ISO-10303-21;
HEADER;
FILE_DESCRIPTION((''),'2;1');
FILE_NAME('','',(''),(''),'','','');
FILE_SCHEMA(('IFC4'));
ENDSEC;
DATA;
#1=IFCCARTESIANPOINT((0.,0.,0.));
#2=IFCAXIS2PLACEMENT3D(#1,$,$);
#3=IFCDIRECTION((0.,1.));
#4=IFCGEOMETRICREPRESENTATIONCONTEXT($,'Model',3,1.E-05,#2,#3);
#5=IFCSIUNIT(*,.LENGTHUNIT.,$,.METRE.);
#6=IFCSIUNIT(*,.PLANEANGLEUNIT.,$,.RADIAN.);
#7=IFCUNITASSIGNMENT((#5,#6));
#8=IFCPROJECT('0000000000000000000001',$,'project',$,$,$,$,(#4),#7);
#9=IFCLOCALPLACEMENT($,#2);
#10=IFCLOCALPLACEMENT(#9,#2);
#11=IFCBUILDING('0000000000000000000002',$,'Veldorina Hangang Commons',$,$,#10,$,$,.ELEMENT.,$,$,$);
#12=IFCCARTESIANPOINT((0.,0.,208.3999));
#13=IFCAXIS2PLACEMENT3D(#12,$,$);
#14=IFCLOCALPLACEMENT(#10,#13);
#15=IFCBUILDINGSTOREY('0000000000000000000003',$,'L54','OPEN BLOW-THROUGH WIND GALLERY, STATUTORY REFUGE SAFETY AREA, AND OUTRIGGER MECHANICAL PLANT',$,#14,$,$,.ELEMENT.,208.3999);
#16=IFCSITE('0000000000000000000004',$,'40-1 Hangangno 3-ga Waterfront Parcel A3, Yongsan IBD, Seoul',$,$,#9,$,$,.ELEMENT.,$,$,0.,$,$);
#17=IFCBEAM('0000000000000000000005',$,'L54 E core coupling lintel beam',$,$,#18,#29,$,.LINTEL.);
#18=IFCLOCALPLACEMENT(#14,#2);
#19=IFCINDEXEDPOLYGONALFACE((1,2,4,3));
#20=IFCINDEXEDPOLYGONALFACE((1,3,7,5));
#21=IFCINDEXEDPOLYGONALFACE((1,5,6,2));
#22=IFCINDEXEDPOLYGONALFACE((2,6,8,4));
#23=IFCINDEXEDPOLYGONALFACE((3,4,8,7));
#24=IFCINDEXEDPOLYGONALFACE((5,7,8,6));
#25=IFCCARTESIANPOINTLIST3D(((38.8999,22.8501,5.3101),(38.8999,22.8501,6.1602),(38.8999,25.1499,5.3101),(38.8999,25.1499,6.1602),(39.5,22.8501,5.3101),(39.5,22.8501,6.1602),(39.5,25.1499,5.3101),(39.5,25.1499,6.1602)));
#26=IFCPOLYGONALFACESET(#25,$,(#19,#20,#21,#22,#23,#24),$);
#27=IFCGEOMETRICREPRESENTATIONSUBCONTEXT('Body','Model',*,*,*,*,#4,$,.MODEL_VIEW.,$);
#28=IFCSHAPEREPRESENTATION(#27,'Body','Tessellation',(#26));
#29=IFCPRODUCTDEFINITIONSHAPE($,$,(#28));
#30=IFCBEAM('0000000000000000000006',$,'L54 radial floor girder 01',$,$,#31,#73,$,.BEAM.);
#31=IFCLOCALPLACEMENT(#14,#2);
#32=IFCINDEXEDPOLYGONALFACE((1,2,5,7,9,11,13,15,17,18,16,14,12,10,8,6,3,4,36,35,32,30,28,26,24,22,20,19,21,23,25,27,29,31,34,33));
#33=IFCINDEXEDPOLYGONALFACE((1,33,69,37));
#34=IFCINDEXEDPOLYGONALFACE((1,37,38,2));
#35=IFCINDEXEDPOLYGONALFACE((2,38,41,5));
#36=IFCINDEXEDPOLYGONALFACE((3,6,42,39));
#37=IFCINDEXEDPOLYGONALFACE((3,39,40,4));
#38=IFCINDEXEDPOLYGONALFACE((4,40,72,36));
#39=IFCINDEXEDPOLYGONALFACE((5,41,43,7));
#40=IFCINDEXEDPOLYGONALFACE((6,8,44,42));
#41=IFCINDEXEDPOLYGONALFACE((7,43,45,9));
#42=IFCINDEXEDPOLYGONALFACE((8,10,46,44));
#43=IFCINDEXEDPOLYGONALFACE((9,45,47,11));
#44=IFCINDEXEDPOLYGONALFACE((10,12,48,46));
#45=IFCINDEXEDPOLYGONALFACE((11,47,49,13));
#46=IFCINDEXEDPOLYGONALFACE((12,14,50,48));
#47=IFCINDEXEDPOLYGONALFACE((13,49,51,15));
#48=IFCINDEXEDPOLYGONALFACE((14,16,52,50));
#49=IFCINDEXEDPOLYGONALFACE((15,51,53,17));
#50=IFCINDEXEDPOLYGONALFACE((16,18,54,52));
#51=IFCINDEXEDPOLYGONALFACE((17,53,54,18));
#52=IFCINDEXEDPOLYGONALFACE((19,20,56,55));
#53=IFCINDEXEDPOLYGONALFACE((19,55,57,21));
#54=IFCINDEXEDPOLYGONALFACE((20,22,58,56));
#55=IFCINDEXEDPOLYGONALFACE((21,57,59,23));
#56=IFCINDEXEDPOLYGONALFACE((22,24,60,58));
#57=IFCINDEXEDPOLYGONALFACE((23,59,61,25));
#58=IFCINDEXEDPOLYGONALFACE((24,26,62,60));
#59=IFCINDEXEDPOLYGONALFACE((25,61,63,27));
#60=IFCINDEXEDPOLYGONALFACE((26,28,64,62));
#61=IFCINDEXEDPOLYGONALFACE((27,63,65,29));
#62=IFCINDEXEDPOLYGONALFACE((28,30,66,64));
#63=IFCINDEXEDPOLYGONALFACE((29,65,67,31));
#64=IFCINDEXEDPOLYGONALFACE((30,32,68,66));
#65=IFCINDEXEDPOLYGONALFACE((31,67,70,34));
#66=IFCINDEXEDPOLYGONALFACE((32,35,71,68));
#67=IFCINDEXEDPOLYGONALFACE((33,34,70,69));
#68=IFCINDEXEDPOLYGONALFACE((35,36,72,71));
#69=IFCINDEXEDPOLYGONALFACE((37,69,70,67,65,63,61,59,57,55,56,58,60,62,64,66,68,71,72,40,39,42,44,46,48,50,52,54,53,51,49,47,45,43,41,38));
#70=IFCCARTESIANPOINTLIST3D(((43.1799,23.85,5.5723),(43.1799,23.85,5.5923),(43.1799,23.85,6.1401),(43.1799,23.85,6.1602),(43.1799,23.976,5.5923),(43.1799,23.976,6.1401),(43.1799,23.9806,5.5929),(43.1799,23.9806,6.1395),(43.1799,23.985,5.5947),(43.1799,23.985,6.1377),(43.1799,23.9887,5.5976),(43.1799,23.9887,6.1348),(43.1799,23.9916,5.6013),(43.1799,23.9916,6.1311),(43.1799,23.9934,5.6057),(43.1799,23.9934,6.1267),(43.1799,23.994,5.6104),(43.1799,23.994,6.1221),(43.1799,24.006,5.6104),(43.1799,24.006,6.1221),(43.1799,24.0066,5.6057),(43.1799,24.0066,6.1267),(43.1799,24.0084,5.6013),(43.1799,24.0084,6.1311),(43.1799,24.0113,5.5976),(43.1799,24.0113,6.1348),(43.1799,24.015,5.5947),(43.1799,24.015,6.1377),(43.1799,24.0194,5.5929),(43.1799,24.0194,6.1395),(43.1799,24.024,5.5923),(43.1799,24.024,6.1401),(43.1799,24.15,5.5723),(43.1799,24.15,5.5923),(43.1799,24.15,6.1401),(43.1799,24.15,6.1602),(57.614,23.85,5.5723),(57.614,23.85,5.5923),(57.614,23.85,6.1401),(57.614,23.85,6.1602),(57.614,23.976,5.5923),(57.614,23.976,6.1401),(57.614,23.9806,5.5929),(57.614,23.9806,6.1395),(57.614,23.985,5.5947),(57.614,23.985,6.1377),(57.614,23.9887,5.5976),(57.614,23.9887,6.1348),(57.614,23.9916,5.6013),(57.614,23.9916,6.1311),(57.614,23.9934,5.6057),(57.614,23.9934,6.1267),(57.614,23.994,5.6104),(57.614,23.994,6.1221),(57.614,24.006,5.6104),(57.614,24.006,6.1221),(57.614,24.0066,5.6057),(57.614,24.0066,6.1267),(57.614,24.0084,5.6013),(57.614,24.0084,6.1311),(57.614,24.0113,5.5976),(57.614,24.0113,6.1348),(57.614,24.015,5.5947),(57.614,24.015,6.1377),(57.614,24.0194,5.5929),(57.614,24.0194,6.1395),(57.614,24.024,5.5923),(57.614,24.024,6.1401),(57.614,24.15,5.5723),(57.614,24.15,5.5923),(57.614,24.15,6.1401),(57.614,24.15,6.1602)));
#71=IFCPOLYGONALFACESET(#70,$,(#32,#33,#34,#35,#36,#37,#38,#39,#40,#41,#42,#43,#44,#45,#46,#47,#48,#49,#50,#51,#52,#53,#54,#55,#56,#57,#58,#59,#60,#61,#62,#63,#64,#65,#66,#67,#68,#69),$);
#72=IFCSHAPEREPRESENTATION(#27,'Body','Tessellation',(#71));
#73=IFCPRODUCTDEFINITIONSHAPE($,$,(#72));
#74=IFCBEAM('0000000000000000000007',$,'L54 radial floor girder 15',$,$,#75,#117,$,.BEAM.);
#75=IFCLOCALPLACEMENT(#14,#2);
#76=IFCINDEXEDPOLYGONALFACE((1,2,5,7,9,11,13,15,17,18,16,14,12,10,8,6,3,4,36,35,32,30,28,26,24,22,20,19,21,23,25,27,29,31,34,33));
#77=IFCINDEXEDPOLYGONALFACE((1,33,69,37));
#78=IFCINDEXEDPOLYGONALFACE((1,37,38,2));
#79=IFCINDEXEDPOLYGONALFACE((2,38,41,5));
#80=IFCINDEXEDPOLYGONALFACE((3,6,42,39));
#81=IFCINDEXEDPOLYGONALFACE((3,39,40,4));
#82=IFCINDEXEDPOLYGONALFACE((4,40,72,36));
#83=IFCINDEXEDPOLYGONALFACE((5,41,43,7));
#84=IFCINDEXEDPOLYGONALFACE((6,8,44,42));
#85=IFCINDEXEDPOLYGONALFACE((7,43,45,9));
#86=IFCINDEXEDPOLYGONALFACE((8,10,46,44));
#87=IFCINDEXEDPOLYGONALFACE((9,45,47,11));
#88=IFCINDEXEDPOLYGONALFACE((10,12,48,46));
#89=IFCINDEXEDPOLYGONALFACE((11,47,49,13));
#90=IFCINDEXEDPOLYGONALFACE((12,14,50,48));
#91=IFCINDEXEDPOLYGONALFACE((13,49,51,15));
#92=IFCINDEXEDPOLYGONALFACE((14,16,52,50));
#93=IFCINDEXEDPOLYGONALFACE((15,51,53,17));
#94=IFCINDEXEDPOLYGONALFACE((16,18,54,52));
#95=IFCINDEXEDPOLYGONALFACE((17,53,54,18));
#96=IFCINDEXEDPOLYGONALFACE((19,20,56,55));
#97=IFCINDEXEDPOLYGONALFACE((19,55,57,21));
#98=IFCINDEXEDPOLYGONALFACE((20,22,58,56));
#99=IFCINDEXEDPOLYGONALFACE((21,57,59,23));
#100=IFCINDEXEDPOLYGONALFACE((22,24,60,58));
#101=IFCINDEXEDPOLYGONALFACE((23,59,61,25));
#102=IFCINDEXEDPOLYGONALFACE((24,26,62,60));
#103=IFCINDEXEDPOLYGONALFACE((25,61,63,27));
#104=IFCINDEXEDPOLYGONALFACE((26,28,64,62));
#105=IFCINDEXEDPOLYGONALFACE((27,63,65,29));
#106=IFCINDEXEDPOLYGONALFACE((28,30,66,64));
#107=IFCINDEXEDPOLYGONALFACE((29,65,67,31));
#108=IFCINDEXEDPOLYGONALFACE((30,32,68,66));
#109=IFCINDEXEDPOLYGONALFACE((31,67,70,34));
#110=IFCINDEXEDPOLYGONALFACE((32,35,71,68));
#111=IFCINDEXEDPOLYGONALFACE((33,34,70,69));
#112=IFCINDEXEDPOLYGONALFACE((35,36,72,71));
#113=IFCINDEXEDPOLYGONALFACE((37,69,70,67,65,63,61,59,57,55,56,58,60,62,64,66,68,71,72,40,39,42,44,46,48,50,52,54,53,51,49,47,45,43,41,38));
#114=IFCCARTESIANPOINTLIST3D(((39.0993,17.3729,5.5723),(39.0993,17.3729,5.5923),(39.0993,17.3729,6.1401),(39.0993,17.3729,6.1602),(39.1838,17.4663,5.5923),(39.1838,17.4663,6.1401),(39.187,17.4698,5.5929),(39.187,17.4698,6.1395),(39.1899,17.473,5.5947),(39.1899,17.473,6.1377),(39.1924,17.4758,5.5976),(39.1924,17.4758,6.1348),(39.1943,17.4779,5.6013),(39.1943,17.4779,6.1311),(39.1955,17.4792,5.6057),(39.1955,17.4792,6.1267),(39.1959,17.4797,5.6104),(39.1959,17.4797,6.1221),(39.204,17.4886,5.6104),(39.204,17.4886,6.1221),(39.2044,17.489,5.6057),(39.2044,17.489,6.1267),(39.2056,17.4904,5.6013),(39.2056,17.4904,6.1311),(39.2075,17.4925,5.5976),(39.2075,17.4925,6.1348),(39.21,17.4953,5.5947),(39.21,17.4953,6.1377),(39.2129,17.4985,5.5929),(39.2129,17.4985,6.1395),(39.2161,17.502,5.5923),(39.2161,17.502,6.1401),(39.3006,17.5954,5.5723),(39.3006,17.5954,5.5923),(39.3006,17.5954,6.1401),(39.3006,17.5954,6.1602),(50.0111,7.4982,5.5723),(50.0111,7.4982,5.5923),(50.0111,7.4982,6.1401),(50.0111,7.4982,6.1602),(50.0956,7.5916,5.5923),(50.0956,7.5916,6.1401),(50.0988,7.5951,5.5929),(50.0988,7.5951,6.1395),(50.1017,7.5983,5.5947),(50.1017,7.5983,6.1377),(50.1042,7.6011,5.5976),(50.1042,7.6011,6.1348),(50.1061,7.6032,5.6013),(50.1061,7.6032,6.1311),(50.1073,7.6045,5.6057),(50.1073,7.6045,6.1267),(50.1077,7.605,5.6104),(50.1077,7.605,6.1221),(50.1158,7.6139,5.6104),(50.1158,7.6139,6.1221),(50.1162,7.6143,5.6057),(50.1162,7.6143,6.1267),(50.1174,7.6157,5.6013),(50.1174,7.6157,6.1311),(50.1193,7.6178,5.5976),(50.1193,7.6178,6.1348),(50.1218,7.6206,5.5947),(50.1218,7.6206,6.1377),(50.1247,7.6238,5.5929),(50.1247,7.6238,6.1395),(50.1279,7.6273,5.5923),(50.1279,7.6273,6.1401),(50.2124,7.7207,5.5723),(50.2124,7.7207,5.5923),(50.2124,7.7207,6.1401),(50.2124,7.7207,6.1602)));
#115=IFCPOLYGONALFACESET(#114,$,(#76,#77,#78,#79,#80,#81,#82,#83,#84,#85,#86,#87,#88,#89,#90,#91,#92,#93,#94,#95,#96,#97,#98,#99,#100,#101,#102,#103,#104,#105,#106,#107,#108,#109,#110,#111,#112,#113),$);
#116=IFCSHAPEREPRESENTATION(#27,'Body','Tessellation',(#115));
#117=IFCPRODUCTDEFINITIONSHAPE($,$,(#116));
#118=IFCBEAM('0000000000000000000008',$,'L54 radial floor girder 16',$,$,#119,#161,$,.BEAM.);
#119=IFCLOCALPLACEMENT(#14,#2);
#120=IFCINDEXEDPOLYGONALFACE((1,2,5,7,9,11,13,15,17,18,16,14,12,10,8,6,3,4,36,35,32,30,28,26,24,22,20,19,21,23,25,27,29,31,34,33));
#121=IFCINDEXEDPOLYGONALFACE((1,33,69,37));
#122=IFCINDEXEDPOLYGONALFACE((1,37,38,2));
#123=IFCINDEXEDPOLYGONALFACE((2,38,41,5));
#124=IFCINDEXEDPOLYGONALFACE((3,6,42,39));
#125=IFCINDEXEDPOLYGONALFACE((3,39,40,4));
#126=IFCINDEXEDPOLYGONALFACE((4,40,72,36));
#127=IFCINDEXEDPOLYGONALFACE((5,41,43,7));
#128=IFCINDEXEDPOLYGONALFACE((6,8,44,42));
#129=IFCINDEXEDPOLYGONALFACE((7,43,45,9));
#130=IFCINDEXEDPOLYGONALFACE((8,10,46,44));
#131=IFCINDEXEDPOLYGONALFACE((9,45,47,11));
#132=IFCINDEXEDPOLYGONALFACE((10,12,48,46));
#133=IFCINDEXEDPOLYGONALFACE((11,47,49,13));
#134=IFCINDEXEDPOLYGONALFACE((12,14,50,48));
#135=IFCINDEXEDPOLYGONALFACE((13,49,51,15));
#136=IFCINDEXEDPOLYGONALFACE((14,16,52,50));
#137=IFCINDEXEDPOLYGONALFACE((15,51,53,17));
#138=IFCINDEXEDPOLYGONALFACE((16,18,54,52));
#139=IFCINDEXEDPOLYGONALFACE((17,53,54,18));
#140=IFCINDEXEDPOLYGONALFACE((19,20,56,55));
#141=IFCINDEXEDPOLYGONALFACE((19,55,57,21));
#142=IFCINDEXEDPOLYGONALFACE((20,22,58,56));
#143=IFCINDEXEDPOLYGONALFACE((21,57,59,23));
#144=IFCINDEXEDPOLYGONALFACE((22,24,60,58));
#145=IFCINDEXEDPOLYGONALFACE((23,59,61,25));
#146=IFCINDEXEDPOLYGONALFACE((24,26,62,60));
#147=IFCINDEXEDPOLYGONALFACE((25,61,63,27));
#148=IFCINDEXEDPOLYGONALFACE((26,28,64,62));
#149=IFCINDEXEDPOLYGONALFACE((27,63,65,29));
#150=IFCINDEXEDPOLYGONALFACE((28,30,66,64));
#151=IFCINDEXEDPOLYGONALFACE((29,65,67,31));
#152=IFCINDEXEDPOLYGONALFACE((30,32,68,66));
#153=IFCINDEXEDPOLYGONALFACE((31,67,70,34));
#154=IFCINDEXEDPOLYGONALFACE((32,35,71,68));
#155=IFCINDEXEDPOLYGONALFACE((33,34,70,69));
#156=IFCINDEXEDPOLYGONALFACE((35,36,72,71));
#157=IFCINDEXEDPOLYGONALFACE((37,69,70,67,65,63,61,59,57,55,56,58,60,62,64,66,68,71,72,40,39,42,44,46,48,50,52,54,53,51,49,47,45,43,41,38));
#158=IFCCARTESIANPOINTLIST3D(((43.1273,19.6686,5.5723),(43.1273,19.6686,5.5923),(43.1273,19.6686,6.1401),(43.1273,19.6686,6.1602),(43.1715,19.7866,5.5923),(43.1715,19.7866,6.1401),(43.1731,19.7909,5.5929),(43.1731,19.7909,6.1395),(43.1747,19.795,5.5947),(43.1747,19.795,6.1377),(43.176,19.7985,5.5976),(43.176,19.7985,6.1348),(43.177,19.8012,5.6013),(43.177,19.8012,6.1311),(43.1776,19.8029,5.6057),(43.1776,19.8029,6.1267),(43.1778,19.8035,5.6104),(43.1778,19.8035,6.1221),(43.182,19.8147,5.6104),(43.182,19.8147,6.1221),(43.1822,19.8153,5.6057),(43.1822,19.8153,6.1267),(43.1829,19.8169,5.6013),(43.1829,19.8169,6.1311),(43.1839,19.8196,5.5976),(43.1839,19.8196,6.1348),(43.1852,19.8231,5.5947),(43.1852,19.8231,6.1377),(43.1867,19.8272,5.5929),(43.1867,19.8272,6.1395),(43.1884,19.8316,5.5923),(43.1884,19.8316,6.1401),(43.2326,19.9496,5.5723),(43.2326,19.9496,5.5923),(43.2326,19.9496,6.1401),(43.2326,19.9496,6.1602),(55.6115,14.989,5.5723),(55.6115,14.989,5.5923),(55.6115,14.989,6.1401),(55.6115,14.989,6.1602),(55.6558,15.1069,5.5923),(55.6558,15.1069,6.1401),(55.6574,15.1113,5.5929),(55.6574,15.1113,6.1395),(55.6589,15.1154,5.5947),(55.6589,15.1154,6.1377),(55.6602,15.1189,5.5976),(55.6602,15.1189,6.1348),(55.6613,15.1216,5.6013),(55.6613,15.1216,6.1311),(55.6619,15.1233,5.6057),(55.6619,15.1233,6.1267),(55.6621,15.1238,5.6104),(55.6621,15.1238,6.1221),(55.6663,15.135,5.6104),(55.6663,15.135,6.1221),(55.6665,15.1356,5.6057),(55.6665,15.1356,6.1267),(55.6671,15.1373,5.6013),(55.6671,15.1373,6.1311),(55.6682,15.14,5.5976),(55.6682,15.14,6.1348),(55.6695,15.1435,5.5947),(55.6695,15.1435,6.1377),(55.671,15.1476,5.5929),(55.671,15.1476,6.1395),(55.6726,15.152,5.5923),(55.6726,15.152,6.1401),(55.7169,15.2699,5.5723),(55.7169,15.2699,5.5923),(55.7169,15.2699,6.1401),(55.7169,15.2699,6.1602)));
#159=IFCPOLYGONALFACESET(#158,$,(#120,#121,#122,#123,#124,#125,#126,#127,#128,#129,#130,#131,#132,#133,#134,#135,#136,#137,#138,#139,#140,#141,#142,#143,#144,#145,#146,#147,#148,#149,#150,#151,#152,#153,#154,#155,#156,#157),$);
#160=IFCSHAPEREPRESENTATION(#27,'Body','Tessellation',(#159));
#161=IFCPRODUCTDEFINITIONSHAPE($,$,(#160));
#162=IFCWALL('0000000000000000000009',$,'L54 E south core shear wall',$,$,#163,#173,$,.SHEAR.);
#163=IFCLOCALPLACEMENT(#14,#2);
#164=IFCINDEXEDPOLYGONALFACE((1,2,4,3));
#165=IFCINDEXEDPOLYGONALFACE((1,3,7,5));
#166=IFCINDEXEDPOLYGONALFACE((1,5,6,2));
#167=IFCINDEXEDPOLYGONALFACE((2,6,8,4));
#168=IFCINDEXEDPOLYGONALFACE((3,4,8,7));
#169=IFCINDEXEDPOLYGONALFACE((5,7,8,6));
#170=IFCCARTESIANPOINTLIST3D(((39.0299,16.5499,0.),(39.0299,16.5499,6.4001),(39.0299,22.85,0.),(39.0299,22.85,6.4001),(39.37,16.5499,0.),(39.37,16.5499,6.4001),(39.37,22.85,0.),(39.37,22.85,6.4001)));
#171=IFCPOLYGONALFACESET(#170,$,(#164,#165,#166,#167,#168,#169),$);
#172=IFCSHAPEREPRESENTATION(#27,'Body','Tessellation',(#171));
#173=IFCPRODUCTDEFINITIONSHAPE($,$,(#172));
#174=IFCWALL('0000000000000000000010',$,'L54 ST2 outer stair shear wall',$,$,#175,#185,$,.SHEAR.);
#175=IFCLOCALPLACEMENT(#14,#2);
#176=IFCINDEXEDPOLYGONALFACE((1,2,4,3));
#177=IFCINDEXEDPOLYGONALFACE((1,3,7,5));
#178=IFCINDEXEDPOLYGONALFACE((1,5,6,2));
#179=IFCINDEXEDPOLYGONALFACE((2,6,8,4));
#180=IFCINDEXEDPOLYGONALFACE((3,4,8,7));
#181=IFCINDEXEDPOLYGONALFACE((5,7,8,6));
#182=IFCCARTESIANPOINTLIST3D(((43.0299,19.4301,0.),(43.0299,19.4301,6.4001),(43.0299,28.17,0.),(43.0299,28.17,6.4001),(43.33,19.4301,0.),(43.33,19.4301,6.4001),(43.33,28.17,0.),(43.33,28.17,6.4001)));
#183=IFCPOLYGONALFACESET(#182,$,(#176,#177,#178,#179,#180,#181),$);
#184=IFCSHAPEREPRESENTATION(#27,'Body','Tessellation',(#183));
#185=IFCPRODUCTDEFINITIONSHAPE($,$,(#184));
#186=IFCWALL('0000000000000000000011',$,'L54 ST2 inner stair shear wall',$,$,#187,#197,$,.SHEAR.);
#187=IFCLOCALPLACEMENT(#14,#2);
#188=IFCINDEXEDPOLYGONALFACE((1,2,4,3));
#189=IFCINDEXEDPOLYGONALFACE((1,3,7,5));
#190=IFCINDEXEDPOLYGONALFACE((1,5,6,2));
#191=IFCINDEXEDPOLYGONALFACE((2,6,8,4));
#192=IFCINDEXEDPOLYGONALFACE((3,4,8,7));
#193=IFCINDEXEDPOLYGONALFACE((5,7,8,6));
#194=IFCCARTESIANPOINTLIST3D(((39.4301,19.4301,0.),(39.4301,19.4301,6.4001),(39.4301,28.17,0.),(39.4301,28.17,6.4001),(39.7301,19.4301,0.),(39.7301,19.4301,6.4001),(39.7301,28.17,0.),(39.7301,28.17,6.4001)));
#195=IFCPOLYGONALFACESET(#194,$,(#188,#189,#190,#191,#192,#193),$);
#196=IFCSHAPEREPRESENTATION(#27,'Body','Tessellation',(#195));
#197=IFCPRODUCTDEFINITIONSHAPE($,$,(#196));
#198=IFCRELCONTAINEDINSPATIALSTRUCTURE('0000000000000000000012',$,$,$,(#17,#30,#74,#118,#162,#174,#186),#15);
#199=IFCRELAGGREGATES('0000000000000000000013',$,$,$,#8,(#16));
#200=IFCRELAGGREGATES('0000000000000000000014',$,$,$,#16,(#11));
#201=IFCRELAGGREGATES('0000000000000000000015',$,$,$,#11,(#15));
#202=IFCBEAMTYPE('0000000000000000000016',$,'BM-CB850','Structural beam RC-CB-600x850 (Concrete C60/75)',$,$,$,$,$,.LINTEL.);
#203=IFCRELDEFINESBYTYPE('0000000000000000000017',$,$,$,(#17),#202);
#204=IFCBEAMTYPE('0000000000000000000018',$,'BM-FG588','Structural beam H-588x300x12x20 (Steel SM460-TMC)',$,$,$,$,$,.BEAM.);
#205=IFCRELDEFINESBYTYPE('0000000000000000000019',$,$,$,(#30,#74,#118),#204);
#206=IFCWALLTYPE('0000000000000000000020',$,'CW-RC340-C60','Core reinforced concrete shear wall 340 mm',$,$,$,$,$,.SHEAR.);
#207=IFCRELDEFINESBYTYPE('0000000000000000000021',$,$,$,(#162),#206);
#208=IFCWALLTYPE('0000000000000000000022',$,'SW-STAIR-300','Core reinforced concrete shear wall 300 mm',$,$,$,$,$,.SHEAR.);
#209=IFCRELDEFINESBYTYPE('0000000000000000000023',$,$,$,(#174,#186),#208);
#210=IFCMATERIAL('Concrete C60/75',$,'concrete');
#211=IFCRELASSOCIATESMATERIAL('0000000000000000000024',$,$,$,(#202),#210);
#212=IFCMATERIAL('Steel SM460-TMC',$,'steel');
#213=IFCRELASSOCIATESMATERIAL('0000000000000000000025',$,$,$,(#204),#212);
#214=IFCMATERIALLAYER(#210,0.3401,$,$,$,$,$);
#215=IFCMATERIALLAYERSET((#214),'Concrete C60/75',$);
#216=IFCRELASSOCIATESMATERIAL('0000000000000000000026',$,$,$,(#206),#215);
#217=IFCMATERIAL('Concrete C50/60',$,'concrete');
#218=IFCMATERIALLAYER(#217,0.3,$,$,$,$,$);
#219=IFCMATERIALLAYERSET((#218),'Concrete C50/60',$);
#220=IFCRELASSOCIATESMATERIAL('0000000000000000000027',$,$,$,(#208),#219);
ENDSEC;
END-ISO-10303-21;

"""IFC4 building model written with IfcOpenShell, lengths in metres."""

from ifc_helpers import new_model, si_unit, direction, frame, frame_2d, origin, origin_2d, place, context, subcontext, project, spatial, rectangle, i_section, extrude, material, layer, layer_set, material_profile, profile_set, type_object, element, save


model = new_model("IFC4")

# Units and contexts
model_context = context("Model", 3, precision=1e-05, world=origin(), true_north=direction((0.0, 1.0)))
body_context = subcontext(model_context, "Body", "Model", "MODEL_VIEW")
ifc_project = project(units=[si_unit("LENGTHUNIT", "METRE"), si_unit("PLANEANGLEUNIT", "RADIAN")], contexts=[model_context])

# Site, building, storey
site_placement = place(None, origin())
site = spatial("IfcSite", under=ifc_project, at=site_placement, Name="40-1 Hangangno 3-ga Waterfront Parcel A3, Yongsan IBD, Seoul", CompositionType="ELEMENT", RefElevation=0.0)
building_placement = place(site_placement, origin())
building = spatial("IfcBuilding", under=site, at=building_placement, Name="Veldorina Hangang Commons", CompositionType="ELEMENT")
storey_placement = place(building_placement, frame((0.0, 0.0, 208.3999)))
storey = spatial("IfcBuildingStorey", under=building, at=storey_placement, Name="L54", Description="OPEN BLOW-THROUGH WIND GALLERY, STATUTORY REFUGE SAFETY AREA, AND OUTRIGGER MECHANICAL PLANT", CompositionType="ELEMENT", Elevation=208.3999)

# Beams
ifc_material_1 = material(Name="Concrete C60/75", Category="concrete")
ifc_material_profile_1 = material_profile(ifc_material_1, rectangle(XDim=0.6001, YDim=0.8501, at=origin_2d()), Name="RC-CB-600x850")
ifc_profile_set_1 = profile_set([ifc_material_profile_1], Name="Concrete C60/75")
beam_type_1 = type_object("IfcBeamType", Name="BM-CB850", Description="Structural beam RC-CB-600x850 (Concrete C60/75)", PredefinedType="LINTEL", material=ifc_profile_set_1)
beam_1_placement = place(storey_placement, frame((39.2, 22.8501, 5.7351), z_axis=(0.0, 1.0, 0.0), x_axis=(-1.0, 0.0, 0.0)))
element("IfcBeam", 1, at=beam_1_placement, inside=storey, type_object=beam_type_1, Name="L54 E core coupling lintel beam", PredefinedType="LINTEL", context=body_context, shape_type="SweptSolid", body=[
    extrude(rectangle(XDim=0.6001, YDim=0.8501, at=origin_2d()), origin(), (0.0, 0.0, 1.0), 2.2998),
])
ifc_material_2 = material(Name="Steel SM460-TMC", Category="steel")
ifc_material_profile_2 = material_profile(ifc_material_2, i_section(OverallWidth=0.3, OverallDepth=0.5879, WebThickness=0.012, FlangeThickness=0.02, FilletRadius=0.0181, at=origin_2d()), Name="H-588x300x12x20")
ifc_profile_set_2 = profile_set([ifc_material_profile_2], Name="Steel SM460-TMC")
beam_type_2 = type_object("IfcBeamType", Name="BM-FG588", Description="Structural beam H-588x300x12x20 (Steel SM460-TMC)", PredefinedType="BEAM", material=ifc_profile_set_2)
beam_2_placement = place(storey_placement, frame((43.1799, 24.0, 5.8662), z_axis=(1.0, 0.0, 0.0), x_axis=(0.0, 1.0, 0.0)))
element("IfcBeam", 2, at=beam_2_placement, inside=storey, type_object=beam_type_2, Name="L54 radial floor girder 01", PredefinedType="BEAM", context=body_context, shape_type="SweptSolid", body=[
    extrude(i_section(OverallWidth=0.3, OverallDepth=0.5879, WebThickness=0.012, FlangeThickness=0.02, FilletRadius=0.0181, at=origin_2d()), origin(), (0.0, 0.0, 1.0), 14.4341),
])
beam_3_placement = place(storey_placement, frame((39.2, 17.4841, 5.8662), z_axis=(0.741464, -0.670992, 0.0), x_axis=(0.670992, 0.741464, 0.0)))
element("IfcBeam", 3, at=beam_3_placement, inside=storey, type_object=beam_type_2, Name="L54 radial floor girder 15", PredefinedType="BEAM", context=body_context, shape_type="SweptSolid", body=[
    extrude(i_section(OverallWidth=0.3, OverallDepth=0.5879, WebThickness=0.012, FlangeThickness=0.02, FilletRadius=0.0181, at=origin_2d()), origin(), (0.0, 0.0, 1.0), 14.7166),
])
beam_4_placement = place(storey_placement, frame((43.1799, 19.8091, 5.8662), z_axis=(0.936377, -0.350995, 0.0), x_axis=(0.350995, 0.936377, 0.0)))
element("IfcBeam", 4, at=beam_4_placement, inside=storey, type_object=beam_type_2, Name="L54 radial floor girder 16", PredefinedType="BEAM", context=body_context, shape_type="SweptSolid", body=[
    extrude(i_section(OverallWidth=0.3, OverallDepth=0.5879, WebThickness=0.012, FlangeThickness=0.02, FilletRadius=0.0181, at=origin_2d()), origin(), (0.0, 0.0, 1.0), 13.3325),
])

# Walls
ifc_layer_1 = layer(ifc_material_1, 0.3401)
ifc_layer_set_1 = layer_set([ifc_layer_1], Name="Concrete C60/75")
wall_type_1 = type_object("IfcWallType", Name="CW-RC340-C60", Description="Core reinforced concrete shear wall 340 mm", PredefinedType="SHEAR", material=ifc_layer_set_1)
wall_1_placement = place(storey_placement, frame((39.2, 16.55, 0.0), z_axis=(0.0, 0.0, 1.0), x_axis=(0.0, 1.0, 0.0)))
element("IfcWall", 5, at=wall_1_placement, inside=storey, type_object=wall_type_1, Name="L54 E south core shear wall", PredefinedType="SHEAR", context=body_context, shape_type="SweptSolid", body=[
    extrude(rectangle(XDim=6.3, YDim=0.3401, at=frame_2d((3.1499, 0.0))), origin(), (0.0, 0.0, 1.0), 6.4001),
])
ifc_material_3 = material(Name="Concrete C50/60", Category="concrete")
ifc_layer_2 = layer(ifc_material_3, 0.3)
ifc_layer_set_2 = layer_set([ifc_layer_2], Name="Concrete C50/60")
wall_type_2 = type_object("IfcWallType", Name="SW-STAIR-300", Description="Core reinforced concrete shear wall 300 mm", PredefinedType="SHEAR", material=ifc_layer_set_2)
for number, where, z_axis, x_axis, name in (
    (6, (43.1799, 19.4299, 0.0), (0.0, 0.0, 1.0), (0.0, 1.0, 0.0), "L54 ST2 outer stair shear wall"),
    (7, (39.5801, 19.4299, 0.0), (0.0, 0.0, 1.0), (0.0, 1.0, 0.0), "L54 ST2 inner stair shear wall"),
):
    element("IfcWall", number, at=place(storey_placement, frame(where, z_axis=z_axis, x_axis=x_axis)), inside=storey, type_object=wall_type_2, Name=name, PredefinedType="SHEAR", context=body_context, shape_type="SweptSolid", body=[
        extrude(rectangle(XDim=8.74, YDim=0.3, at=frame_2d((4.3701, 0.0))), origin(), (0.0, 0.0, 1.0), 6.4001),
    ])

save(model, "model.ifc")
